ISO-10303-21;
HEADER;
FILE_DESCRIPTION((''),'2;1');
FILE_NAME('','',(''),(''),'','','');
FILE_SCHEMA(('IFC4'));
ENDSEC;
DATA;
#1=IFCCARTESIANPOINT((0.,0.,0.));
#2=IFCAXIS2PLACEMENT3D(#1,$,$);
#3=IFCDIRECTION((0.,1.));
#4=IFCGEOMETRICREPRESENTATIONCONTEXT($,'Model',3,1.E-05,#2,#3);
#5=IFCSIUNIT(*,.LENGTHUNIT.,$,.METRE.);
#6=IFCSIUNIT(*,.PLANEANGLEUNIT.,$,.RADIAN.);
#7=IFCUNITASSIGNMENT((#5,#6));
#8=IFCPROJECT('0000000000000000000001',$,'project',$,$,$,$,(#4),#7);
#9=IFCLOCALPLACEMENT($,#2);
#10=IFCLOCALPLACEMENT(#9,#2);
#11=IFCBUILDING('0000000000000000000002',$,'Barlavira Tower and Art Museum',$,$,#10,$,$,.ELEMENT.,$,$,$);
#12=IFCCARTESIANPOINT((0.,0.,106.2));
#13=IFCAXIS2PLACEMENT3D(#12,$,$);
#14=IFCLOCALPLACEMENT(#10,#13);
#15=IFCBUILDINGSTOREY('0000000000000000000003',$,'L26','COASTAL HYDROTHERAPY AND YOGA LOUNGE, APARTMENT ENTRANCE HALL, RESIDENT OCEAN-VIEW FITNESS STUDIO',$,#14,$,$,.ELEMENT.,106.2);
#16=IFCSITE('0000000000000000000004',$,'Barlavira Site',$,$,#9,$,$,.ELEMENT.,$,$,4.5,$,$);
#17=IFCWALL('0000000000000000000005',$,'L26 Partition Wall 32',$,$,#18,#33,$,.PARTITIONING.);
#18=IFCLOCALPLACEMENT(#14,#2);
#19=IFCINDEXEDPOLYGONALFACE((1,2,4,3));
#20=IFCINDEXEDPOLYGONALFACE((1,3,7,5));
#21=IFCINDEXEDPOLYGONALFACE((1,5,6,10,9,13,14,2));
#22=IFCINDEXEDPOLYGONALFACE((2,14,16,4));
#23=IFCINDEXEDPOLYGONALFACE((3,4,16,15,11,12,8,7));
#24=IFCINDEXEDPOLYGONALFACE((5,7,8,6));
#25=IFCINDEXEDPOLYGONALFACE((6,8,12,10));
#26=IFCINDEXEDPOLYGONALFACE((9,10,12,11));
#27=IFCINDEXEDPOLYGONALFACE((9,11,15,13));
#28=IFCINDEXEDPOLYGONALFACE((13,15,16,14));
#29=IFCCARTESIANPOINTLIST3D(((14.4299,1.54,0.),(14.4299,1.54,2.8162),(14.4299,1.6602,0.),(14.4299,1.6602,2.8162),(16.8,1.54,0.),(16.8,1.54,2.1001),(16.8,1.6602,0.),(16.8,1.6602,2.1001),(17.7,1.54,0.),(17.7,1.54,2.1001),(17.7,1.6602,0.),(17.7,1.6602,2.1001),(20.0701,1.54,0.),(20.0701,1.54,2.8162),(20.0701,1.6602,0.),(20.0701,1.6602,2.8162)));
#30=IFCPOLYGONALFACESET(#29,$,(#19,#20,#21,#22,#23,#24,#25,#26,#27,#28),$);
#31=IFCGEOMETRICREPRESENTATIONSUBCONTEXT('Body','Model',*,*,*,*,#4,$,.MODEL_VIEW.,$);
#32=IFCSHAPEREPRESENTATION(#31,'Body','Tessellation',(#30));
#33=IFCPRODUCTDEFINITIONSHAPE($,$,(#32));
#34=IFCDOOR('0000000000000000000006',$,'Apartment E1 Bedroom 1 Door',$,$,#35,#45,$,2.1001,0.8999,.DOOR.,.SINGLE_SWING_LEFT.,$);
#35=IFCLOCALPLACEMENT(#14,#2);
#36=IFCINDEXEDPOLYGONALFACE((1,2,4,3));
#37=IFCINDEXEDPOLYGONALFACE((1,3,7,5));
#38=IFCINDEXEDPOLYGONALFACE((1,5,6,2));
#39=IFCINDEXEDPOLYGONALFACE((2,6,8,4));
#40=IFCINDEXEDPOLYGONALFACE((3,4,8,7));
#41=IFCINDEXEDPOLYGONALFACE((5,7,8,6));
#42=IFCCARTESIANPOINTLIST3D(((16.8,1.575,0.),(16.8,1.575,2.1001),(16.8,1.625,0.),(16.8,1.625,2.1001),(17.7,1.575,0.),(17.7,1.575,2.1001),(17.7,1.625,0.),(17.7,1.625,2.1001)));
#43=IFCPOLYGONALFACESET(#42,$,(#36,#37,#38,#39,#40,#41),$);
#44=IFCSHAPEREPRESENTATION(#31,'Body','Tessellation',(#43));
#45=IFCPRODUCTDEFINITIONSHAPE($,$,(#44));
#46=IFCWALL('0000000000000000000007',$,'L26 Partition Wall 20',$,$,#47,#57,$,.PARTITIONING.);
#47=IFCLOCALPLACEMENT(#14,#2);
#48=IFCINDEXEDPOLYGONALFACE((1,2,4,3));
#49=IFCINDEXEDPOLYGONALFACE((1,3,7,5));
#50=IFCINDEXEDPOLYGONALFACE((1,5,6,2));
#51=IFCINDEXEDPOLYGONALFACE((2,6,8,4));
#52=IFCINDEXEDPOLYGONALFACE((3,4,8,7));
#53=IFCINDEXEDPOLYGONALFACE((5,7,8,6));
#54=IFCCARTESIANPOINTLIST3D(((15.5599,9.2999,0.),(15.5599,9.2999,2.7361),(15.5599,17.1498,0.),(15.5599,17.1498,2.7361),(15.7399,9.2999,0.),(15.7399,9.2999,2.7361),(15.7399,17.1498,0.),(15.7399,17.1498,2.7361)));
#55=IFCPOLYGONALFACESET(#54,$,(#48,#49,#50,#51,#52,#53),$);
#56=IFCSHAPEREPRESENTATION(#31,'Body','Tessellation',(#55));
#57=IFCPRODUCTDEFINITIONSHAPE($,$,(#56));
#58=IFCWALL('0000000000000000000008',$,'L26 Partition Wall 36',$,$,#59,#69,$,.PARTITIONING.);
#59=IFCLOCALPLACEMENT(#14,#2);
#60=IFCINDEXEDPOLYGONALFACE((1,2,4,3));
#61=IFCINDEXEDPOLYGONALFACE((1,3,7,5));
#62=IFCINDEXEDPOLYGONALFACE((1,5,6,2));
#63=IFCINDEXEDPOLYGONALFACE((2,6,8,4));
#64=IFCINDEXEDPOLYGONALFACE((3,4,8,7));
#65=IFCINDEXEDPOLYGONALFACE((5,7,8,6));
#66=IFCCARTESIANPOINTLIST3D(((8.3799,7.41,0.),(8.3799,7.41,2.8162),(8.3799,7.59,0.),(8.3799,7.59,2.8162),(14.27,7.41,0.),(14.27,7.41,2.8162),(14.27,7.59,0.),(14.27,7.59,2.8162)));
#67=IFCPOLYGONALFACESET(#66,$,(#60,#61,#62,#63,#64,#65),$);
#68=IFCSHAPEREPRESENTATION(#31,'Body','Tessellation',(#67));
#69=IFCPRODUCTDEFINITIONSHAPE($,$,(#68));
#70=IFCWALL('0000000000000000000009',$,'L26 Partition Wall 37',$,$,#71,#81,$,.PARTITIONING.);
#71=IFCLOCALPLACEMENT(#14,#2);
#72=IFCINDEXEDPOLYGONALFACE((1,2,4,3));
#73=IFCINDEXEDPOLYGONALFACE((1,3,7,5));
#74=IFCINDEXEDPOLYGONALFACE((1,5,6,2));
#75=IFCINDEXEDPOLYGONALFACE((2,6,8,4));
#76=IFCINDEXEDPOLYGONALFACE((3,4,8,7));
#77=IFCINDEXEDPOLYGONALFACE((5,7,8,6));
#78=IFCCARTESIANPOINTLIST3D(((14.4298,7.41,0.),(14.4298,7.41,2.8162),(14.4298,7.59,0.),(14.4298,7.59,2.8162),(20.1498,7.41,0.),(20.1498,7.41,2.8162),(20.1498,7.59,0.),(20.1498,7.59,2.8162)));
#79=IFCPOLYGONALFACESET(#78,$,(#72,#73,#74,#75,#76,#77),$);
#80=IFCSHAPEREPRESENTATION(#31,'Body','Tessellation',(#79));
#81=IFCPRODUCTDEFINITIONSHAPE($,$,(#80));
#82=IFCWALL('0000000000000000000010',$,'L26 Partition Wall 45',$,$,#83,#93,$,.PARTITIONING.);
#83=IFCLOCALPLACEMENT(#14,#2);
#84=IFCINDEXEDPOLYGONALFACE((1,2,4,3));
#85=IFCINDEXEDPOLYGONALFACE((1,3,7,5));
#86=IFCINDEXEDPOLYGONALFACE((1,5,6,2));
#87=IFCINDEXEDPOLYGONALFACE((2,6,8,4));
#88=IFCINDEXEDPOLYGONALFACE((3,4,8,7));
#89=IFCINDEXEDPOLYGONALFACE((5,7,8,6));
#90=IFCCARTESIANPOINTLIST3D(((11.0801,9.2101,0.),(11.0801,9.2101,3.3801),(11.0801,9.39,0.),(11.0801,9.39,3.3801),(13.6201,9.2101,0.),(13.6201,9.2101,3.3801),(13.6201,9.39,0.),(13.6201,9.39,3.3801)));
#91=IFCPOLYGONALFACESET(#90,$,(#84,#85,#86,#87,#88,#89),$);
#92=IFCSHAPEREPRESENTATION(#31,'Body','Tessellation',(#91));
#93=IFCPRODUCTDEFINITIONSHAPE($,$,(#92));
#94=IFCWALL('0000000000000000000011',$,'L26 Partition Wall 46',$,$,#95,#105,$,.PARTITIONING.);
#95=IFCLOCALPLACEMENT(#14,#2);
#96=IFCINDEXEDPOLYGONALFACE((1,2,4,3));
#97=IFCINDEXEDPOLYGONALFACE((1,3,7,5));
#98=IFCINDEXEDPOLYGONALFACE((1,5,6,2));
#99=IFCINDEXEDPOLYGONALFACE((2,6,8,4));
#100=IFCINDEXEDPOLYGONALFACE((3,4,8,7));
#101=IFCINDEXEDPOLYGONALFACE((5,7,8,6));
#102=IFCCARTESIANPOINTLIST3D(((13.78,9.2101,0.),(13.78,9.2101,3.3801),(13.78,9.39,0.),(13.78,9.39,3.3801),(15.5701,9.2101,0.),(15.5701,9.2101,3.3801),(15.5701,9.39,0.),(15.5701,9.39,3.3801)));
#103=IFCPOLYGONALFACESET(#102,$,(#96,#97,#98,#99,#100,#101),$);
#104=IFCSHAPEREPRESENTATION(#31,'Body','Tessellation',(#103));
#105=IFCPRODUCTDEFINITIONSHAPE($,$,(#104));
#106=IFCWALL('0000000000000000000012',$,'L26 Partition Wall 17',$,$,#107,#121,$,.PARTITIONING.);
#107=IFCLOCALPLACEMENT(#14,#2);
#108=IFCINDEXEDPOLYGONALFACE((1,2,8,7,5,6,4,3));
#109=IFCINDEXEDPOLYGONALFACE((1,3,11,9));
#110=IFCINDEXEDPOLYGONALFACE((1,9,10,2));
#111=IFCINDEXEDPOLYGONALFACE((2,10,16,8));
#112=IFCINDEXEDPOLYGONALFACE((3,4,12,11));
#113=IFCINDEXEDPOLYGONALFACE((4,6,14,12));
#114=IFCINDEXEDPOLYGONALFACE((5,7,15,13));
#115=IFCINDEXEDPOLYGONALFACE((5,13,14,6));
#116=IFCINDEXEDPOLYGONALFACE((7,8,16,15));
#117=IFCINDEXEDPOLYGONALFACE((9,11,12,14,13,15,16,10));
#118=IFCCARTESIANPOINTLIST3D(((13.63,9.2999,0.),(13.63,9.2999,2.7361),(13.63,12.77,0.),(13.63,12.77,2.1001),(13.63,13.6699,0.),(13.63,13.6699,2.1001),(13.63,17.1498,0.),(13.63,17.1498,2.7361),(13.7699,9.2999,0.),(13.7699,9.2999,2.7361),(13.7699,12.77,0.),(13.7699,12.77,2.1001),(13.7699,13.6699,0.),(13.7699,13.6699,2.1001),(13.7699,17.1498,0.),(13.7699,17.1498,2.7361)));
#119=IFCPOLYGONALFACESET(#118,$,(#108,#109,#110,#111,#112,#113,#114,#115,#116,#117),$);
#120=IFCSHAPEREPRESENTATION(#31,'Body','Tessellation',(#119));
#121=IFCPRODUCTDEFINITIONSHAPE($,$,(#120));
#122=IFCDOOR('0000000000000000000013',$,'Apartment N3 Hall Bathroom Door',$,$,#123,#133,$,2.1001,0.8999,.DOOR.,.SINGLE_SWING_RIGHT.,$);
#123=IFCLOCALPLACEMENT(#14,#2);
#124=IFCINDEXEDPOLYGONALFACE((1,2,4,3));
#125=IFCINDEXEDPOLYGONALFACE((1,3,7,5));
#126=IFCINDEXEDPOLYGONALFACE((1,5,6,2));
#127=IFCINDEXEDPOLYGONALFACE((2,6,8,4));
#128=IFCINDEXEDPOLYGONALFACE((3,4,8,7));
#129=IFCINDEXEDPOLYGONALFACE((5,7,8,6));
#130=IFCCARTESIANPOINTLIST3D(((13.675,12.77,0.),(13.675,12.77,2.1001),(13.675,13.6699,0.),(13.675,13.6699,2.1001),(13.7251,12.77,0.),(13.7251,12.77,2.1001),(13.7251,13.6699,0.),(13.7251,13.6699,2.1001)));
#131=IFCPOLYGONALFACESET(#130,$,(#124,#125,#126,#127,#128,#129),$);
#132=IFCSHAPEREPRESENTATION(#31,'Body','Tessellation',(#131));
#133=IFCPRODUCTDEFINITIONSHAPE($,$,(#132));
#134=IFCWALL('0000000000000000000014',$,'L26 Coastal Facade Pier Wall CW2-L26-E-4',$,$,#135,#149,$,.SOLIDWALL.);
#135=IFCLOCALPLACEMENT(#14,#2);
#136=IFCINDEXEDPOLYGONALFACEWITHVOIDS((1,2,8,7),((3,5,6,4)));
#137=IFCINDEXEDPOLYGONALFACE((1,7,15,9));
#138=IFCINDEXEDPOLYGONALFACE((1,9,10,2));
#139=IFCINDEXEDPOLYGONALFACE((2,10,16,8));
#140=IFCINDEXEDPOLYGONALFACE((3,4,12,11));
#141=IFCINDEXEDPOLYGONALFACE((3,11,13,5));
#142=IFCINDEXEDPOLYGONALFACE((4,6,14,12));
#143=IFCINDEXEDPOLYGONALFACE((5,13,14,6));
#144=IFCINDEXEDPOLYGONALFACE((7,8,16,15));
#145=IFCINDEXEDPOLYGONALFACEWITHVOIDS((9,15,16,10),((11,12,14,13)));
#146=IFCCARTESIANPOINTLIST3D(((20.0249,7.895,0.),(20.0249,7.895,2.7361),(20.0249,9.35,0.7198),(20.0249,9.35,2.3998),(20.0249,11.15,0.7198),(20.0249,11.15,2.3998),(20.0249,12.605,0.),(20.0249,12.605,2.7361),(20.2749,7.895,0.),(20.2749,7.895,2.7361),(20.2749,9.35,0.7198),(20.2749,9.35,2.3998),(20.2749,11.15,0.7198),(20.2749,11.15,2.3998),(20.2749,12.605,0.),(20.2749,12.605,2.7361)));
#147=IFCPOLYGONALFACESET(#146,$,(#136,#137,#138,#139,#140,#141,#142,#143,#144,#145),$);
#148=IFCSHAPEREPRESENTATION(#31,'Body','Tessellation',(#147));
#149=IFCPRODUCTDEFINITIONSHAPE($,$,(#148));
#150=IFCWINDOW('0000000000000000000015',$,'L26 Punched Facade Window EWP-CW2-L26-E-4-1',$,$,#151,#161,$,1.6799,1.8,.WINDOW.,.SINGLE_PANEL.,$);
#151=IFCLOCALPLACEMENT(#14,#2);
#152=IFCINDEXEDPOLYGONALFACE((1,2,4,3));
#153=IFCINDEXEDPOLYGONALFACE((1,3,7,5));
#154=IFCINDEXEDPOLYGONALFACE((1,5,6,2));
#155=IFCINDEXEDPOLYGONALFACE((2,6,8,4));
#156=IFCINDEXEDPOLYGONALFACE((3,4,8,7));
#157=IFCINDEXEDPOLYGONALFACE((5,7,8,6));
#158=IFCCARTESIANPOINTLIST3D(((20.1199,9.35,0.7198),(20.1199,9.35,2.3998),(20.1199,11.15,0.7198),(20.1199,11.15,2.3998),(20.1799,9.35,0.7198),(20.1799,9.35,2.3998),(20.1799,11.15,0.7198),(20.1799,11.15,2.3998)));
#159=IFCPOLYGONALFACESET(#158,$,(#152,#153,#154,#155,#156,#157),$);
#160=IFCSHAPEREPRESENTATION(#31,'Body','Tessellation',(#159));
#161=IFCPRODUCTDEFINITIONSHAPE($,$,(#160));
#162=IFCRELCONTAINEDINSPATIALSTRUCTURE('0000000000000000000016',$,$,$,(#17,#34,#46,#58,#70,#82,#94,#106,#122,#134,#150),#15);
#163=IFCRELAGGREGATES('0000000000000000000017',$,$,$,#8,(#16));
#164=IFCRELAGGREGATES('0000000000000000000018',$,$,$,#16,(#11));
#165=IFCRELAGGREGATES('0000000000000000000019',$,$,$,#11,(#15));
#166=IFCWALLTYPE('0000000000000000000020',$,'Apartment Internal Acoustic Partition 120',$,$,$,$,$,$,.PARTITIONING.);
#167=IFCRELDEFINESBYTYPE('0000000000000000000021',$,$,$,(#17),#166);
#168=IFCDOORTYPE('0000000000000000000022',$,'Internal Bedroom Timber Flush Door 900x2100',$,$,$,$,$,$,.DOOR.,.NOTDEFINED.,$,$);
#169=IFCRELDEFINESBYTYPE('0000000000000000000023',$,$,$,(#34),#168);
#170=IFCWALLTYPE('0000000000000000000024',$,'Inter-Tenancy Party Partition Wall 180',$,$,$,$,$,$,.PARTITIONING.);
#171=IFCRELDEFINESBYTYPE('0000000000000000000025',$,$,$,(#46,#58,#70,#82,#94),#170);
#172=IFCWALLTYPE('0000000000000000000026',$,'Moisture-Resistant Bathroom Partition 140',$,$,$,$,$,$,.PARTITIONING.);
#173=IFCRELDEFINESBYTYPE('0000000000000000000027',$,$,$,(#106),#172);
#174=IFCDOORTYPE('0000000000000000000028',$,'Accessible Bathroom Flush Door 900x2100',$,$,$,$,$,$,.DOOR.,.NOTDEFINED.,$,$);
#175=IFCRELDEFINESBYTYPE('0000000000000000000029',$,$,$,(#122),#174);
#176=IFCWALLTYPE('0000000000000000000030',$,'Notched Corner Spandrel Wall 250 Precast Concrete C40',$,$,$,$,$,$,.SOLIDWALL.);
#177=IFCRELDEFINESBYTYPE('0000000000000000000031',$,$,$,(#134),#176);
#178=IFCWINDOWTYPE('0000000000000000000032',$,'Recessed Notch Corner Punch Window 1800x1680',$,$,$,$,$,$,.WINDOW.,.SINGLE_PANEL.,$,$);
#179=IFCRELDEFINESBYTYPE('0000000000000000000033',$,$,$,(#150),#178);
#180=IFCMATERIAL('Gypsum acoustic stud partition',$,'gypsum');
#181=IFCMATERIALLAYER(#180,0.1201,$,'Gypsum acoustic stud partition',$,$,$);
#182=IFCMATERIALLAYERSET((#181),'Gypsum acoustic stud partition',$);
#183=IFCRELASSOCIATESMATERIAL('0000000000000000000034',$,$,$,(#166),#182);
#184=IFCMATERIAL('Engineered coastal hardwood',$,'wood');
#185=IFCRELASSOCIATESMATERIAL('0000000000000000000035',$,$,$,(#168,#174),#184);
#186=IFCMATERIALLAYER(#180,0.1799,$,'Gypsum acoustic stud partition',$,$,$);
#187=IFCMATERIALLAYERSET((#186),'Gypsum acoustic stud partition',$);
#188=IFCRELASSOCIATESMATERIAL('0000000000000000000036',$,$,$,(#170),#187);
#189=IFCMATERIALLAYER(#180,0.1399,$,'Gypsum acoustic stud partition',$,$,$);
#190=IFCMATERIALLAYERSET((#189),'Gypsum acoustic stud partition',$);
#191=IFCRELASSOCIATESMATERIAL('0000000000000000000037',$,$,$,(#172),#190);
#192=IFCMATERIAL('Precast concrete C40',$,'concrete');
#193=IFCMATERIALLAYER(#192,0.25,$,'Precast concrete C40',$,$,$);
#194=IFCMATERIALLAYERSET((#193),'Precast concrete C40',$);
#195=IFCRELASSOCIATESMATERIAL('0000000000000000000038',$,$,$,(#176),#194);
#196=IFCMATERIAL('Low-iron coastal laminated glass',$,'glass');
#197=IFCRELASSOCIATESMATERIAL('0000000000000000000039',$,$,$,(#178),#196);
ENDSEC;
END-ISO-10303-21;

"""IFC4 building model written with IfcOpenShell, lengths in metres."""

from ifc_helpers import new_model, si_unit, direction, frame, frame_2d, origin, place, context, subcontext, project, spatial, rectangle, extrude, material, layer, layer_set, type_object, element, fill, save


model = new_model("IFC4")

# Units and contexts
model_context = context("Model", 3, precision=1e-05, world=origin(), true_north=direction((0.0, 1.0)))
body_context = subcontext(model_context, "Body", "Model", "MODEL_VIEW")
ifc_project = project(units=[si_unit("LENGTHUNIT", "METRE"), si_unit("PLANEANGLEUNIT", "RADIAN")], contexts=[model_context])

# Site, building, storey
site_placement = place(None, origin())
site = spatial("IfcSite", under=ifc_project, at=site_placement, Name="Barlavira Site", CompositionType="ELEMENT", RefElevation=4.5)
building_placement = place(site_placement, origin())
building = spatial("IfcBuilding", under=site, at=building_placement, Name="Barlavira Tower and Art Museum", CompositionType="ELEMENT")
storey_placement = place(building_placement, frame((0.0, 0.0, 106.2)))
storey = spatial("IfcBuildingStorey", under=building, at=storey_placement, Name="L26", Description="COASTAL HYDROTHERAPY AND YOGA LOUNGE, APARTMENT ENTRANCE HALL, RESIDENT OCEAN-VIEW FITNESS STUDIO", CompositionType="ELEMENT", Elevation=106.2)

# Shared definitions
ifc_material_1 = material(Name="Low-iron coastal laminated glass", Category="glass")

# Wall, opening, door
ifc_material_2 = material(Name="Gypsum acoustic stud partition", Category="gypsum")
ifc_layer_1 = layer(ifc_material_2, 0.1201, Name="Gypsum acoustic stud partition")
ifc_layer_set_1 = layer_set([ifc_layer_1], Name="Gypsum acoustic stud partition")
wall_type_1 = type_object("IfcWallType", Name="Apartment Internal Acoustic Partition 120", PredefinedType="PARTITIONING", material=ifc_layer_set_1)
ifc_material_3 = material(Name="Engineered coastal hardwood", Category="wood")
wall_1_placement = place(storey_placement, frame((14.4299, 1.6001, 0.0), z_axis=(0.0, 0.0, 1.0), x_axis=(1.0, 0.0, 0.0)))
wall_1 = element("IfcWall", 1, at=wall_1_placement, inside=storey, type_object=wall_type_1, Name="L26 Partition Wall 32", PredefinedType="PARTITIONING", context=body_context, shape_type="SweptSolid", body=[
    extrude(rectangle(XDim=5.6401, YDim=0.1201, at=frame_2d((2.8201, 0.0))), origin(), (0.0, 0.0, 1.0), 2.8162),
])
opening_1_placement = place(wall_1_placement, frame((2.3701, 0.0, 0.0)))
opening_1 = element("IfcOpeningElement", 2, at=opening_1_placement, cuts=wall_1, PredefinedType="OPENING", context=body_context, shape_type="SweptSolid", body=[
    extrude(rectangle(XDim=0.8999, YDim=2.1001, at=frame_2d((0.45, 1.05))), frame((0.0, 0.0701, 0.0), z_axis=(0.0, -1.0, 0.0), x_axis=(1.0, 0.0, 0.0)), (0.0, 0.0, 1.0), 0.1401),
])
door_type_1 = type_object("IfcDoorType", Name="Internal Bedroom Timber Flush Door 900x2100", OperationType="NOTDEFINED", PredefinedType="DOOR", material=ifc_material_3)
door_1_placement = place(opening_1_placement, origin())
door_1 = element("IfcDoor", 3, at=door_1_placement, inside=storey, type_object=door_type_1, Name="Apartment E1 Bedroom 1 Door", OperationType="SINGLE_SWING_LEFT", OverallHeight=2.1001, OverallWidth=0.8999, PredefinedType="DOOR", context=body_context, shape_type="SweptSolid", body=[
    extrude(rectangle(XDim=0.8999, YDim=2.1001, at=frame_2d((0.45, 1.05))), frame((0.0, 0.0249, 0.0), z_axis=(0.0, -1.0, 0.0), x_axis=(1.0, 0.0, 0.0)), (0.0, 0.0, 1.0), 0.05),
])
fill(opening_1, door_1)

# Walls
ifc_layer_2 = layer(ifc_material_2, 0.1799, Name="Gypsum acoustic stud partition")
ifc_layer_set_2 = layer_set([ifc_layer_2], Name="Gypsum acoustic stud partition")
wall_type_2 = type_object("IfcWallType", Name="Inter-Tenancy Party Partition Wall 180", PredefinedType="PARTITIONING", material=ifc_layer_set_2)
wall_2_placement = place(storey_placement, frame((15.6499, 9.3, 0.0), z_axis=(0.0, 0.0, 1.0), x_axis=(0.0, 1.0, 0.0)))
element("IfcWall", 4, at=wall_2_placement, inside=storey, type_object=wall_type_2, Name="L26 Partition Wall 20", PredefinedType="PARTITIONING", context=body_context, shape_type="SweptSolid", body=[
    extrude(rectangle(XDim=7.8499, YDim=0.1799, at=frame_2d((3.9248, 0.0))), origin(), (0.0, 0.0, 1.0), 2.7361),
])
wall_3_placement = place(storey_placement, frame((8.3799, 7.5, 0.0), z_axis=(0.0, 0.0, 1.0), x_axis=(1.0, 0.0, 0.0)))
element("IfcWall", 5, at=wall_3_placement, inside=storey, type_object=wall_type_2, Name="L26 Partition Wall 36", PredefinedType="PARTITIONING", context=body_context, shape_type="SweptSolid", body=[
    extrude(rectangle(XDim=5.8901, YDim=0.1799, at=frame_2d((2.9451, 0.0))), origin(), (0.0, 0.0, 1.0), 2.8162),
])
wall_4_placement = place(storey_placement, frame((14.4299, 7.5, 0.0), z_axis=(0.0, 0.0, 1.0), x_axis=(1.0, 0.0, 0.0)))
element("IfcWall", 6, at=wall_4_placement, inside=storey, type_object=wall_type_2, Name="L26 Partition Wall 37", PredefinedType="PARTITIONING", context=body_context, shape_type="SweptSolid", body=[
    extrude(rectangle(XDim=5.72, YDim=0.1799, at=frame_2d((2.8599, 0.0))), origin(), (0.0, 0.0, 1.0), 2.8162),
])
wall_5_placement = place(storey_placement, frame((11.0801, 9.3, 0.0), z_axis=(0.0, 0.0, 1.0), x_axis=(1.0, 0.0, 0.0)))
element("IfcWall", 7, at=wall_5_placement, inside=storey, type_object=wall_type_2, Name="L26 Partition Wall 45", PredefinedType="PARTITIONING", context=body_context, shape_type="SweptSolid", body=[
    extrude(rectangle(XDim=2.54, YDim=0.1799, at=frame_2d((1.27, 0.0))), origin(), (0.0, 0.0, 1.0), 3.3801),
])
wall_6_placement = place(storey_placement, frame((13.78, 9.3, 0.0), z_axis=(0.0, 0.0, 1.0), x_axis=(1.0, 0.0, 0.0)))
element("IfcWall", 8, at=wall_6_placement, inside=storey, type_object=wall_type_2, Name="L26 Partition Wall 46", PredefinedType="PARTITIONING", context=body_context, shape_type="SweptSolid", body=[
    extrude(rectangle(XDim=1.79, YDim=0.1799, at=frame_2d((0.895, 0.0))), origin(), (0.0, 0.0, 1.0), 3.3801),
])

# Wall, opening, door
ifc_layer_3 = layer(ifc_material_2, 0.1399, Name="Gypsum acoustic stud partition")
ifc_layer_set_3 = layer_set([ifc_layer_3], Name="Gypsum acoustic stud partition")
wall_type_3 = type_object("IfcWallType", Name="Moisture-Resistant Bathroom Partition 140", PredefinedType="PARTITIONING", material=ifc_layer_set_3)
wall_7_placement = place(storey_placement, frame((13.7, 9.3, 0.0), z_axis=(0.0, 0.0, 1.0), x_axis=(0.0, 1.0, 0.0)))
wall_7 = element("IfcWall", 9, at=wall_7_placement, inside=storey, type_object=wall_type_3, Name="L26 Partition Wall 17", PredefinedType="PARTITIONING", context=body_context, shape_type="SweptSolid", body=[
    extrude(rectangle(XDim=7.8499, YDim=0.1399, at=frame_2d((3.9248, 0.0))), origin(), (0.0, 0.0, 1.0), 2.7361),
])
opening_2_placement = place(wall_7_placement, frame((3.47, 0.0, 0.0)))
opening_2 = element("IfcOpeningElement", 10, at=opening_2_placement, cuts=wall_7, PredefinedType="OPENING", context=body_context, shape_type="SweptSolid", body=[
    extrude(rectangle(XDim=0.8999, YDim=2.1001, at=frame_2d((0.45, 1.05))), frame((0.0, 0.0801, 0.0), z_axis=(0.0, -1.0, 0.0), x_axis=(1.0, 0.0, 0.0)), (0.0, 0.0, 1.0), 0.1599),
])
door_type_2 = type_object("IfcDoorType", Name="Accessible Bathroom Flush Door 900x2100", OperationType="NOTDEFINED", PredefinedType="DOOR", material=ifc_material_3)
door_2_placement = place(opening_2_placement, origin())
door_2 = element("IfcDoor", 11, at=door_2_placement, inside=storey, type_object=door_type_2, Name="Apartment N3 Hall Bathroom Door", OperationType="SINGLE_SWING_RIGHT", OverallHeight=2.1001, OverallWidth=0.8999, PredefinedType="DOOR", context=body_context, shape_type="SweptSolid", body=[
    extrude(rectangle(XDim=0.8999, YDim=2.1001, at=frame_2d((0.45, 1.05))), frame((0.0, 0.0249, 0.0), z_axis=(0.0, -1.0, 0.0), x_axis=(1.0, 0.0, 0.0)), (0.0, 0.0, 1.0), 0.05),
])
fill(opening_2, door_2)

# Wall, opening, window
ifc_material_4 = material(Name="Precast concrete C40", Category="concrete")
ifc_layer_4 = layer(ifc_material_4, 0.25, Name="Precast concrete C40")
ifc_layer_set_4 = layer_set([ifc_layer_4], Name="Precast concrete C40")
wall_type_4 = type_object("IfcWallType", Name="Notched Corner Spandrel Wall 250 Precast Concrete C40", PredefinedType="SOLIDWALL", material=ifc_layer_set_4)
wall_8_placement = place(storey_placement, frame((20.1499, 7.895, 0.0), z_axis=(0.0, 0.0, 1.0), x_axis=(0.0, 1.0, 0.0)))
wall_8 = element("IfcWall", 12, at=wall_8_placement, inside=storey, type_object=wall_type_4, Name="L26 Coastal Facade Pier Wall CW2-L26-E-4", PredefinedType="SOLIDWALL", context=body_context, shape_type="SweptSolid", body=[
    extrude(rectangle(XDim=4.71, YDim=0.25, at=frame_2d((2.355, 0.0))), origin(), (0.0, 0.0, 1.0), 2.7361),
])
opening_3_placement = place(wall_8_placement, frame((1.4551, 0.0, 0.72)))
opening_3 = element("IfcOpeningElement", 13, at=opening_3_placement, cuts=wall_8, PredefinedType="OPENING", context=body_context, shape_type="SweptSolid", body=[
    extrude(rectangle(XDim=1.8, YDim=1.6799, at=frame_2d((0.8999, 0.8398))), frame((0.0, 0.135, 0.0), z_axis=(0.0, -1.0, 0.0), x_axis=(1.0, 0.0, 0.0)), (0.0, 0.0, 1.0), 0.27),
])
window_type = type_object("IfcWindowType", Name="Recessed Notch Corner Punch Window 1800x1680", PartitioningType="SINGLE_PANEL", PredefinedType="WINDOW", material=ifc_material_1)
window_placement = place(opening_3_placement, origin())
window = element("IfcWindow", 14, at=window_placement, inside=storey, type_object=window_type, Name="L26 Punched Facade Window EWP-CW2-L26-E-4-1", OverallHeight=1.6799, OverallWidth=1.8, PartitioningType="SINGLE_PANEL", PredefinedType="WINDOW", context=body_context, shape_type="SweptSolid", body=[
    extrude(rectangle(XDim=1.8, YDim=1.6799, at=frame_2d((0.8999, 0.8398))), frame((0.0, 0.03, 0.0), z_axis=(0.0, -1.0, 0.0), x_axis=(1.0, 0.0, 0.0)), (0.0, 0.0, 1.0), 0.0601),
])
fill(opening_3, window)

save(model, "model.ifc")
